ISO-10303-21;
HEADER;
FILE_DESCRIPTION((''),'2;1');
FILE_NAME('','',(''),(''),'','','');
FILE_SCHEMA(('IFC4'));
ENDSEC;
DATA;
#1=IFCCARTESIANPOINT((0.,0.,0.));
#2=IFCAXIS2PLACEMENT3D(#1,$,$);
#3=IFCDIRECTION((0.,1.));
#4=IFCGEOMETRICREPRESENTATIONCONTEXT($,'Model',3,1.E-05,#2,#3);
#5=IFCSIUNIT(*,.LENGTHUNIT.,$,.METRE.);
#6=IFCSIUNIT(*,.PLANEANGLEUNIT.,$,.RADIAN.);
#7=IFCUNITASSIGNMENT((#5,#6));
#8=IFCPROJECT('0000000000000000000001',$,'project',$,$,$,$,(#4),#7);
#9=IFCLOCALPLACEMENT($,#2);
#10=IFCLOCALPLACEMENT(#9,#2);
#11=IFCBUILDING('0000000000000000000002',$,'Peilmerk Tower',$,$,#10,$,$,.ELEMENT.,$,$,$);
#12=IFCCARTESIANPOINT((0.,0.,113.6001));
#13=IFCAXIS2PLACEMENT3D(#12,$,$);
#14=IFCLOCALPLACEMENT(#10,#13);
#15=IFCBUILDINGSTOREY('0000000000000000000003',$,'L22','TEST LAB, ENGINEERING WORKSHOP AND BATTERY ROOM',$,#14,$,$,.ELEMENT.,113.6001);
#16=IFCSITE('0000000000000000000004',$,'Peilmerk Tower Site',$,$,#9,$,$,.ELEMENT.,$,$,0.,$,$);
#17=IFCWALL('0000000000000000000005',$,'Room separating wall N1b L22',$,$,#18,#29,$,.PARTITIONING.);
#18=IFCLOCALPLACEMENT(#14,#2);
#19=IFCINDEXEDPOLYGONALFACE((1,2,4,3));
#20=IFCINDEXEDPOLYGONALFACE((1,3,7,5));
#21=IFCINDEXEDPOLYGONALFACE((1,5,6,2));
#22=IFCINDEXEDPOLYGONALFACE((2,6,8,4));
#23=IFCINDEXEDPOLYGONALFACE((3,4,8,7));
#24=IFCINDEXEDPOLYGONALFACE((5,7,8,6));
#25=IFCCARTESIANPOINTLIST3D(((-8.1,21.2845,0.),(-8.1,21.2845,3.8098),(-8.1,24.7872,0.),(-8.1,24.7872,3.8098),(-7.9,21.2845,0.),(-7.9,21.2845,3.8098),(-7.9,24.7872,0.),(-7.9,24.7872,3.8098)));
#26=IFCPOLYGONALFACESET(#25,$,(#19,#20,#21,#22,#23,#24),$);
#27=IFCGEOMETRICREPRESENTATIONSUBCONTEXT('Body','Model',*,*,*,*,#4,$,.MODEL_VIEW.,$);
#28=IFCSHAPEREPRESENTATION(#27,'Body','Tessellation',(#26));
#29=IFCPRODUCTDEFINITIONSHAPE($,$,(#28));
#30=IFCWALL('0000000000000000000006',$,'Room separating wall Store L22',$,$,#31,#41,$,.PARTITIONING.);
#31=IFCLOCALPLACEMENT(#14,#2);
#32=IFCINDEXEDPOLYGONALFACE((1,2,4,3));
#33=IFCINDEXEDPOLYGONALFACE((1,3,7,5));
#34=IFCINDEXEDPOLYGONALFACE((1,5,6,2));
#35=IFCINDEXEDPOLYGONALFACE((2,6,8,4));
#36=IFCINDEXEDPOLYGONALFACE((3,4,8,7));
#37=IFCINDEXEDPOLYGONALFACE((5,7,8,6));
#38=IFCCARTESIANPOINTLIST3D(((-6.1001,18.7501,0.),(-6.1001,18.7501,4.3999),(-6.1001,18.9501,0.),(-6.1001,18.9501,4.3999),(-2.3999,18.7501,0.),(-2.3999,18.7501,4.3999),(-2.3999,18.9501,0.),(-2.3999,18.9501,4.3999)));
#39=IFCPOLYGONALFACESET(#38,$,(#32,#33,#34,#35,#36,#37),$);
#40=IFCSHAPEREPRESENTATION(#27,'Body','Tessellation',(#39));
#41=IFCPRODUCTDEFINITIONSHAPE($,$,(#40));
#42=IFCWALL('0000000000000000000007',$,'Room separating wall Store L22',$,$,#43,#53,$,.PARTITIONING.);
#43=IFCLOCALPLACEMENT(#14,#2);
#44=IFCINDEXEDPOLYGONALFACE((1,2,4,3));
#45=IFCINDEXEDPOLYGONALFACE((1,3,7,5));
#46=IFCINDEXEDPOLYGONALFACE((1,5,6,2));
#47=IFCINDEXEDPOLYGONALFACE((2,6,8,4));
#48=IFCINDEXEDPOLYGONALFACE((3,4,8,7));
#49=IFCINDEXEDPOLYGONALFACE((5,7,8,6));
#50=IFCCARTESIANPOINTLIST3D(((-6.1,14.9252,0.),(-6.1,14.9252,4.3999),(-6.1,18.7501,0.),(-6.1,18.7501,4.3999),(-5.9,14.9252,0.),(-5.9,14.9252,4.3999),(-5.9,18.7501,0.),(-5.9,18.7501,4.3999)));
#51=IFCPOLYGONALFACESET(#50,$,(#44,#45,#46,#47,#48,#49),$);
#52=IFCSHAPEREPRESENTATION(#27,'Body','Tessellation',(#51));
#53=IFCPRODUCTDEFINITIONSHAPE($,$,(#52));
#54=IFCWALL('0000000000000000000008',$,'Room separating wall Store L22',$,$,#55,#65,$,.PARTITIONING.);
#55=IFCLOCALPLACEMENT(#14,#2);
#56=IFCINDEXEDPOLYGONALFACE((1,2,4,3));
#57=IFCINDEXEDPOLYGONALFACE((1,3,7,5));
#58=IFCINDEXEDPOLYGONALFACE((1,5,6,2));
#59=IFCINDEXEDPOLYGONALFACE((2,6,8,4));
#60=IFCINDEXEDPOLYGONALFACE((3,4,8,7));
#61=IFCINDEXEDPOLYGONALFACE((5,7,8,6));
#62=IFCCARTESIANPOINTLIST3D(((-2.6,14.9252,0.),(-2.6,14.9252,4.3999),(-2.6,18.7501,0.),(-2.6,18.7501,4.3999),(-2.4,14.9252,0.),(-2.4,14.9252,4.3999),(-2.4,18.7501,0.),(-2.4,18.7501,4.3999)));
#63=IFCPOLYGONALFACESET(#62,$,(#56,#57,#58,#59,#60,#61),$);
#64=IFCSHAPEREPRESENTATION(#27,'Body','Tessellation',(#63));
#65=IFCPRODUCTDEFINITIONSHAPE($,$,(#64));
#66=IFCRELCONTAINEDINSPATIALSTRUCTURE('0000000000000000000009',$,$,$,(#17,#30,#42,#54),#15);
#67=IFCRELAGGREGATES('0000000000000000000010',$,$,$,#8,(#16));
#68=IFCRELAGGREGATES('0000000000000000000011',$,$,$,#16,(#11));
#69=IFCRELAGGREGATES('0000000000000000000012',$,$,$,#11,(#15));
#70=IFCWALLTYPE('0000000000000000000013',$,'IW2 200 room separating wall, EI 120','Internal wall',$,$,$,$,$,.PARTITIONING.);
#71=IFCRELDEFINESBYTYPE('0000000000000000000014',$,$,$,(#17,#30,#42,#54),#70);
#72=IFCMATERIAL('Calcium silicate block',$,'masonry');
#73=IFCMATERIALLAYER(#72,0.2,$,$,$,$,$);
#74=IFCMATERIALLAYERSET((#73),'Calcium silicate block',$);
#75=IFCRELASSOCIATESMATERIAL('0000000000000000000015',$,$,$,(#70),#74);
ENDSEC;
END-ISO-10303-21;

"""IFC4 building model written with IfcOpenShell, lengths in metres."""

from ifc_helpers import new_model, si_unit, direction, frame, frame_2d, origin, place, context, subcontext, project, spatial, rectangle, extrude, material, layer, layer_set, type_object, element, save


model = new_model("IFC4")

# Units and contexts
model_context = context("Model", 3, precision=1e-05, world=origin(), true_north=direction((0.0, 1.0)))
body_context = subcontext(model_context, "Body", "Model", "MODEL_VIEW")
ifc_project = project(units=[si_unit("LENGTHUNIT", "METRE"), si_unit("PLANEANGLEUNIT", "RADIAN")], contexts=[model_context])

# Site, building, storey
site_placement = place(None, origin())
site = spatial("IfcSite", under=ifc_project, at=site_placement, Name="Peilmerk Tower Site", CompositionType="ELEMENT", RefElevation=0.0)
building_placement = place(site_placement, origin())
building = spatial("IfcBuilding", under=site, at=building_placement, Name="Peilmerk Tower", CompositionType="ELEMENT")
storey_placement = place(building_placement, frame((0.0, 0.0, 113.6001)))
storey = spatial("IfcBuildingStorey", under=building, at=storey_placement, Name="L22", Description="TEST LAB, ENGINEERING WORKSHOP AND BATTERY ROOM", CompositionType="ELEMENT", Elevation=113.6001)

# Walls
ifc_material_1 = material(Name="Calcium silicate block", Category="masonry")
ifc_layer = layer(ifc_material_1, 0.2)
ifc_layer_set = layer_set([ifc_layer], Name="Calcium silicate block")
wall_type = type_object("IfcWallType", Name="IW2 200 room separating wall, EI 120", Description="Internal wall", PredefinedType="PARTITIONING", material=ifc_layer_set)
wall_1_placement = place(storey_placement, frame((-8.0, 21.2844, 0.0), z_axis=(0.0, 0.0, 1.0), x_axis=(0.0, 1.0, 0.0)))
element("IfcWall", 1, at=wall_1_placement, inside=storey, type_object=wall_type, Name="Room separating wall N1b L22", PredefinedType="PARTITIONING", context=body_context, shape_type="SweptSolid", body=[
    extrude(rectangle(XDim=3.5027, YDim=0.2, at=frame_2d((1.7515, 0.0))), origin(), (0.0, 0.0, 1.0), 3.8098),
])
wall_2_placement = place(storey_placement, frame((-6.1001, 18.8501, 0.0), z_axis=(0.0, 0.0, 1.0), x_axis=(1.0, 0.0, 0.0)))
element("IfcWall", 2, at=wall_2_placement, inside=storey, type_object=wall_type, Name="Room separating wall Store L22", PredefinedType="PARTITIONING", context=body_context, shape_type="SweptSolid", body=[
    extrude(rectangle(XDim=3.7002, YDim=0.2, at=frame_2d((1.8501, 0.0))), origin(), (0.0, 0.0, 1.0), 4.3999),
])
for number, where, z_axis, x_axis, name in (
    (3, (-6.0, 14.925, 0.0), (0.0, 0.0, 1.0), (0.0, 1.0, 0.0), "Room separating wall Store L22"),
    (4, (-2.5, 14.925, 0.0), (0.0, 0.0, 1.0), (0.0, 1.0, 0.0), "Room separating wall Store L22"),
):
    element("IfcWall", number, at=place(storey_placement, frame(where, z_axis=z_axis, x_axis=x_axis)), inside=storey, type_object=wall_type, Name=name, PredefinedType="PARTITIONING", context=body_context, shape_type="SweptSolid", body=[
        extrude(rectangle(XDim=3.825, YDim=0.2, at=frame_2d((1.9126, 0.0))), origin(), (0.0, 0.0, 1.0), 4.3999),
    ])

save(model, "model.ifc")
